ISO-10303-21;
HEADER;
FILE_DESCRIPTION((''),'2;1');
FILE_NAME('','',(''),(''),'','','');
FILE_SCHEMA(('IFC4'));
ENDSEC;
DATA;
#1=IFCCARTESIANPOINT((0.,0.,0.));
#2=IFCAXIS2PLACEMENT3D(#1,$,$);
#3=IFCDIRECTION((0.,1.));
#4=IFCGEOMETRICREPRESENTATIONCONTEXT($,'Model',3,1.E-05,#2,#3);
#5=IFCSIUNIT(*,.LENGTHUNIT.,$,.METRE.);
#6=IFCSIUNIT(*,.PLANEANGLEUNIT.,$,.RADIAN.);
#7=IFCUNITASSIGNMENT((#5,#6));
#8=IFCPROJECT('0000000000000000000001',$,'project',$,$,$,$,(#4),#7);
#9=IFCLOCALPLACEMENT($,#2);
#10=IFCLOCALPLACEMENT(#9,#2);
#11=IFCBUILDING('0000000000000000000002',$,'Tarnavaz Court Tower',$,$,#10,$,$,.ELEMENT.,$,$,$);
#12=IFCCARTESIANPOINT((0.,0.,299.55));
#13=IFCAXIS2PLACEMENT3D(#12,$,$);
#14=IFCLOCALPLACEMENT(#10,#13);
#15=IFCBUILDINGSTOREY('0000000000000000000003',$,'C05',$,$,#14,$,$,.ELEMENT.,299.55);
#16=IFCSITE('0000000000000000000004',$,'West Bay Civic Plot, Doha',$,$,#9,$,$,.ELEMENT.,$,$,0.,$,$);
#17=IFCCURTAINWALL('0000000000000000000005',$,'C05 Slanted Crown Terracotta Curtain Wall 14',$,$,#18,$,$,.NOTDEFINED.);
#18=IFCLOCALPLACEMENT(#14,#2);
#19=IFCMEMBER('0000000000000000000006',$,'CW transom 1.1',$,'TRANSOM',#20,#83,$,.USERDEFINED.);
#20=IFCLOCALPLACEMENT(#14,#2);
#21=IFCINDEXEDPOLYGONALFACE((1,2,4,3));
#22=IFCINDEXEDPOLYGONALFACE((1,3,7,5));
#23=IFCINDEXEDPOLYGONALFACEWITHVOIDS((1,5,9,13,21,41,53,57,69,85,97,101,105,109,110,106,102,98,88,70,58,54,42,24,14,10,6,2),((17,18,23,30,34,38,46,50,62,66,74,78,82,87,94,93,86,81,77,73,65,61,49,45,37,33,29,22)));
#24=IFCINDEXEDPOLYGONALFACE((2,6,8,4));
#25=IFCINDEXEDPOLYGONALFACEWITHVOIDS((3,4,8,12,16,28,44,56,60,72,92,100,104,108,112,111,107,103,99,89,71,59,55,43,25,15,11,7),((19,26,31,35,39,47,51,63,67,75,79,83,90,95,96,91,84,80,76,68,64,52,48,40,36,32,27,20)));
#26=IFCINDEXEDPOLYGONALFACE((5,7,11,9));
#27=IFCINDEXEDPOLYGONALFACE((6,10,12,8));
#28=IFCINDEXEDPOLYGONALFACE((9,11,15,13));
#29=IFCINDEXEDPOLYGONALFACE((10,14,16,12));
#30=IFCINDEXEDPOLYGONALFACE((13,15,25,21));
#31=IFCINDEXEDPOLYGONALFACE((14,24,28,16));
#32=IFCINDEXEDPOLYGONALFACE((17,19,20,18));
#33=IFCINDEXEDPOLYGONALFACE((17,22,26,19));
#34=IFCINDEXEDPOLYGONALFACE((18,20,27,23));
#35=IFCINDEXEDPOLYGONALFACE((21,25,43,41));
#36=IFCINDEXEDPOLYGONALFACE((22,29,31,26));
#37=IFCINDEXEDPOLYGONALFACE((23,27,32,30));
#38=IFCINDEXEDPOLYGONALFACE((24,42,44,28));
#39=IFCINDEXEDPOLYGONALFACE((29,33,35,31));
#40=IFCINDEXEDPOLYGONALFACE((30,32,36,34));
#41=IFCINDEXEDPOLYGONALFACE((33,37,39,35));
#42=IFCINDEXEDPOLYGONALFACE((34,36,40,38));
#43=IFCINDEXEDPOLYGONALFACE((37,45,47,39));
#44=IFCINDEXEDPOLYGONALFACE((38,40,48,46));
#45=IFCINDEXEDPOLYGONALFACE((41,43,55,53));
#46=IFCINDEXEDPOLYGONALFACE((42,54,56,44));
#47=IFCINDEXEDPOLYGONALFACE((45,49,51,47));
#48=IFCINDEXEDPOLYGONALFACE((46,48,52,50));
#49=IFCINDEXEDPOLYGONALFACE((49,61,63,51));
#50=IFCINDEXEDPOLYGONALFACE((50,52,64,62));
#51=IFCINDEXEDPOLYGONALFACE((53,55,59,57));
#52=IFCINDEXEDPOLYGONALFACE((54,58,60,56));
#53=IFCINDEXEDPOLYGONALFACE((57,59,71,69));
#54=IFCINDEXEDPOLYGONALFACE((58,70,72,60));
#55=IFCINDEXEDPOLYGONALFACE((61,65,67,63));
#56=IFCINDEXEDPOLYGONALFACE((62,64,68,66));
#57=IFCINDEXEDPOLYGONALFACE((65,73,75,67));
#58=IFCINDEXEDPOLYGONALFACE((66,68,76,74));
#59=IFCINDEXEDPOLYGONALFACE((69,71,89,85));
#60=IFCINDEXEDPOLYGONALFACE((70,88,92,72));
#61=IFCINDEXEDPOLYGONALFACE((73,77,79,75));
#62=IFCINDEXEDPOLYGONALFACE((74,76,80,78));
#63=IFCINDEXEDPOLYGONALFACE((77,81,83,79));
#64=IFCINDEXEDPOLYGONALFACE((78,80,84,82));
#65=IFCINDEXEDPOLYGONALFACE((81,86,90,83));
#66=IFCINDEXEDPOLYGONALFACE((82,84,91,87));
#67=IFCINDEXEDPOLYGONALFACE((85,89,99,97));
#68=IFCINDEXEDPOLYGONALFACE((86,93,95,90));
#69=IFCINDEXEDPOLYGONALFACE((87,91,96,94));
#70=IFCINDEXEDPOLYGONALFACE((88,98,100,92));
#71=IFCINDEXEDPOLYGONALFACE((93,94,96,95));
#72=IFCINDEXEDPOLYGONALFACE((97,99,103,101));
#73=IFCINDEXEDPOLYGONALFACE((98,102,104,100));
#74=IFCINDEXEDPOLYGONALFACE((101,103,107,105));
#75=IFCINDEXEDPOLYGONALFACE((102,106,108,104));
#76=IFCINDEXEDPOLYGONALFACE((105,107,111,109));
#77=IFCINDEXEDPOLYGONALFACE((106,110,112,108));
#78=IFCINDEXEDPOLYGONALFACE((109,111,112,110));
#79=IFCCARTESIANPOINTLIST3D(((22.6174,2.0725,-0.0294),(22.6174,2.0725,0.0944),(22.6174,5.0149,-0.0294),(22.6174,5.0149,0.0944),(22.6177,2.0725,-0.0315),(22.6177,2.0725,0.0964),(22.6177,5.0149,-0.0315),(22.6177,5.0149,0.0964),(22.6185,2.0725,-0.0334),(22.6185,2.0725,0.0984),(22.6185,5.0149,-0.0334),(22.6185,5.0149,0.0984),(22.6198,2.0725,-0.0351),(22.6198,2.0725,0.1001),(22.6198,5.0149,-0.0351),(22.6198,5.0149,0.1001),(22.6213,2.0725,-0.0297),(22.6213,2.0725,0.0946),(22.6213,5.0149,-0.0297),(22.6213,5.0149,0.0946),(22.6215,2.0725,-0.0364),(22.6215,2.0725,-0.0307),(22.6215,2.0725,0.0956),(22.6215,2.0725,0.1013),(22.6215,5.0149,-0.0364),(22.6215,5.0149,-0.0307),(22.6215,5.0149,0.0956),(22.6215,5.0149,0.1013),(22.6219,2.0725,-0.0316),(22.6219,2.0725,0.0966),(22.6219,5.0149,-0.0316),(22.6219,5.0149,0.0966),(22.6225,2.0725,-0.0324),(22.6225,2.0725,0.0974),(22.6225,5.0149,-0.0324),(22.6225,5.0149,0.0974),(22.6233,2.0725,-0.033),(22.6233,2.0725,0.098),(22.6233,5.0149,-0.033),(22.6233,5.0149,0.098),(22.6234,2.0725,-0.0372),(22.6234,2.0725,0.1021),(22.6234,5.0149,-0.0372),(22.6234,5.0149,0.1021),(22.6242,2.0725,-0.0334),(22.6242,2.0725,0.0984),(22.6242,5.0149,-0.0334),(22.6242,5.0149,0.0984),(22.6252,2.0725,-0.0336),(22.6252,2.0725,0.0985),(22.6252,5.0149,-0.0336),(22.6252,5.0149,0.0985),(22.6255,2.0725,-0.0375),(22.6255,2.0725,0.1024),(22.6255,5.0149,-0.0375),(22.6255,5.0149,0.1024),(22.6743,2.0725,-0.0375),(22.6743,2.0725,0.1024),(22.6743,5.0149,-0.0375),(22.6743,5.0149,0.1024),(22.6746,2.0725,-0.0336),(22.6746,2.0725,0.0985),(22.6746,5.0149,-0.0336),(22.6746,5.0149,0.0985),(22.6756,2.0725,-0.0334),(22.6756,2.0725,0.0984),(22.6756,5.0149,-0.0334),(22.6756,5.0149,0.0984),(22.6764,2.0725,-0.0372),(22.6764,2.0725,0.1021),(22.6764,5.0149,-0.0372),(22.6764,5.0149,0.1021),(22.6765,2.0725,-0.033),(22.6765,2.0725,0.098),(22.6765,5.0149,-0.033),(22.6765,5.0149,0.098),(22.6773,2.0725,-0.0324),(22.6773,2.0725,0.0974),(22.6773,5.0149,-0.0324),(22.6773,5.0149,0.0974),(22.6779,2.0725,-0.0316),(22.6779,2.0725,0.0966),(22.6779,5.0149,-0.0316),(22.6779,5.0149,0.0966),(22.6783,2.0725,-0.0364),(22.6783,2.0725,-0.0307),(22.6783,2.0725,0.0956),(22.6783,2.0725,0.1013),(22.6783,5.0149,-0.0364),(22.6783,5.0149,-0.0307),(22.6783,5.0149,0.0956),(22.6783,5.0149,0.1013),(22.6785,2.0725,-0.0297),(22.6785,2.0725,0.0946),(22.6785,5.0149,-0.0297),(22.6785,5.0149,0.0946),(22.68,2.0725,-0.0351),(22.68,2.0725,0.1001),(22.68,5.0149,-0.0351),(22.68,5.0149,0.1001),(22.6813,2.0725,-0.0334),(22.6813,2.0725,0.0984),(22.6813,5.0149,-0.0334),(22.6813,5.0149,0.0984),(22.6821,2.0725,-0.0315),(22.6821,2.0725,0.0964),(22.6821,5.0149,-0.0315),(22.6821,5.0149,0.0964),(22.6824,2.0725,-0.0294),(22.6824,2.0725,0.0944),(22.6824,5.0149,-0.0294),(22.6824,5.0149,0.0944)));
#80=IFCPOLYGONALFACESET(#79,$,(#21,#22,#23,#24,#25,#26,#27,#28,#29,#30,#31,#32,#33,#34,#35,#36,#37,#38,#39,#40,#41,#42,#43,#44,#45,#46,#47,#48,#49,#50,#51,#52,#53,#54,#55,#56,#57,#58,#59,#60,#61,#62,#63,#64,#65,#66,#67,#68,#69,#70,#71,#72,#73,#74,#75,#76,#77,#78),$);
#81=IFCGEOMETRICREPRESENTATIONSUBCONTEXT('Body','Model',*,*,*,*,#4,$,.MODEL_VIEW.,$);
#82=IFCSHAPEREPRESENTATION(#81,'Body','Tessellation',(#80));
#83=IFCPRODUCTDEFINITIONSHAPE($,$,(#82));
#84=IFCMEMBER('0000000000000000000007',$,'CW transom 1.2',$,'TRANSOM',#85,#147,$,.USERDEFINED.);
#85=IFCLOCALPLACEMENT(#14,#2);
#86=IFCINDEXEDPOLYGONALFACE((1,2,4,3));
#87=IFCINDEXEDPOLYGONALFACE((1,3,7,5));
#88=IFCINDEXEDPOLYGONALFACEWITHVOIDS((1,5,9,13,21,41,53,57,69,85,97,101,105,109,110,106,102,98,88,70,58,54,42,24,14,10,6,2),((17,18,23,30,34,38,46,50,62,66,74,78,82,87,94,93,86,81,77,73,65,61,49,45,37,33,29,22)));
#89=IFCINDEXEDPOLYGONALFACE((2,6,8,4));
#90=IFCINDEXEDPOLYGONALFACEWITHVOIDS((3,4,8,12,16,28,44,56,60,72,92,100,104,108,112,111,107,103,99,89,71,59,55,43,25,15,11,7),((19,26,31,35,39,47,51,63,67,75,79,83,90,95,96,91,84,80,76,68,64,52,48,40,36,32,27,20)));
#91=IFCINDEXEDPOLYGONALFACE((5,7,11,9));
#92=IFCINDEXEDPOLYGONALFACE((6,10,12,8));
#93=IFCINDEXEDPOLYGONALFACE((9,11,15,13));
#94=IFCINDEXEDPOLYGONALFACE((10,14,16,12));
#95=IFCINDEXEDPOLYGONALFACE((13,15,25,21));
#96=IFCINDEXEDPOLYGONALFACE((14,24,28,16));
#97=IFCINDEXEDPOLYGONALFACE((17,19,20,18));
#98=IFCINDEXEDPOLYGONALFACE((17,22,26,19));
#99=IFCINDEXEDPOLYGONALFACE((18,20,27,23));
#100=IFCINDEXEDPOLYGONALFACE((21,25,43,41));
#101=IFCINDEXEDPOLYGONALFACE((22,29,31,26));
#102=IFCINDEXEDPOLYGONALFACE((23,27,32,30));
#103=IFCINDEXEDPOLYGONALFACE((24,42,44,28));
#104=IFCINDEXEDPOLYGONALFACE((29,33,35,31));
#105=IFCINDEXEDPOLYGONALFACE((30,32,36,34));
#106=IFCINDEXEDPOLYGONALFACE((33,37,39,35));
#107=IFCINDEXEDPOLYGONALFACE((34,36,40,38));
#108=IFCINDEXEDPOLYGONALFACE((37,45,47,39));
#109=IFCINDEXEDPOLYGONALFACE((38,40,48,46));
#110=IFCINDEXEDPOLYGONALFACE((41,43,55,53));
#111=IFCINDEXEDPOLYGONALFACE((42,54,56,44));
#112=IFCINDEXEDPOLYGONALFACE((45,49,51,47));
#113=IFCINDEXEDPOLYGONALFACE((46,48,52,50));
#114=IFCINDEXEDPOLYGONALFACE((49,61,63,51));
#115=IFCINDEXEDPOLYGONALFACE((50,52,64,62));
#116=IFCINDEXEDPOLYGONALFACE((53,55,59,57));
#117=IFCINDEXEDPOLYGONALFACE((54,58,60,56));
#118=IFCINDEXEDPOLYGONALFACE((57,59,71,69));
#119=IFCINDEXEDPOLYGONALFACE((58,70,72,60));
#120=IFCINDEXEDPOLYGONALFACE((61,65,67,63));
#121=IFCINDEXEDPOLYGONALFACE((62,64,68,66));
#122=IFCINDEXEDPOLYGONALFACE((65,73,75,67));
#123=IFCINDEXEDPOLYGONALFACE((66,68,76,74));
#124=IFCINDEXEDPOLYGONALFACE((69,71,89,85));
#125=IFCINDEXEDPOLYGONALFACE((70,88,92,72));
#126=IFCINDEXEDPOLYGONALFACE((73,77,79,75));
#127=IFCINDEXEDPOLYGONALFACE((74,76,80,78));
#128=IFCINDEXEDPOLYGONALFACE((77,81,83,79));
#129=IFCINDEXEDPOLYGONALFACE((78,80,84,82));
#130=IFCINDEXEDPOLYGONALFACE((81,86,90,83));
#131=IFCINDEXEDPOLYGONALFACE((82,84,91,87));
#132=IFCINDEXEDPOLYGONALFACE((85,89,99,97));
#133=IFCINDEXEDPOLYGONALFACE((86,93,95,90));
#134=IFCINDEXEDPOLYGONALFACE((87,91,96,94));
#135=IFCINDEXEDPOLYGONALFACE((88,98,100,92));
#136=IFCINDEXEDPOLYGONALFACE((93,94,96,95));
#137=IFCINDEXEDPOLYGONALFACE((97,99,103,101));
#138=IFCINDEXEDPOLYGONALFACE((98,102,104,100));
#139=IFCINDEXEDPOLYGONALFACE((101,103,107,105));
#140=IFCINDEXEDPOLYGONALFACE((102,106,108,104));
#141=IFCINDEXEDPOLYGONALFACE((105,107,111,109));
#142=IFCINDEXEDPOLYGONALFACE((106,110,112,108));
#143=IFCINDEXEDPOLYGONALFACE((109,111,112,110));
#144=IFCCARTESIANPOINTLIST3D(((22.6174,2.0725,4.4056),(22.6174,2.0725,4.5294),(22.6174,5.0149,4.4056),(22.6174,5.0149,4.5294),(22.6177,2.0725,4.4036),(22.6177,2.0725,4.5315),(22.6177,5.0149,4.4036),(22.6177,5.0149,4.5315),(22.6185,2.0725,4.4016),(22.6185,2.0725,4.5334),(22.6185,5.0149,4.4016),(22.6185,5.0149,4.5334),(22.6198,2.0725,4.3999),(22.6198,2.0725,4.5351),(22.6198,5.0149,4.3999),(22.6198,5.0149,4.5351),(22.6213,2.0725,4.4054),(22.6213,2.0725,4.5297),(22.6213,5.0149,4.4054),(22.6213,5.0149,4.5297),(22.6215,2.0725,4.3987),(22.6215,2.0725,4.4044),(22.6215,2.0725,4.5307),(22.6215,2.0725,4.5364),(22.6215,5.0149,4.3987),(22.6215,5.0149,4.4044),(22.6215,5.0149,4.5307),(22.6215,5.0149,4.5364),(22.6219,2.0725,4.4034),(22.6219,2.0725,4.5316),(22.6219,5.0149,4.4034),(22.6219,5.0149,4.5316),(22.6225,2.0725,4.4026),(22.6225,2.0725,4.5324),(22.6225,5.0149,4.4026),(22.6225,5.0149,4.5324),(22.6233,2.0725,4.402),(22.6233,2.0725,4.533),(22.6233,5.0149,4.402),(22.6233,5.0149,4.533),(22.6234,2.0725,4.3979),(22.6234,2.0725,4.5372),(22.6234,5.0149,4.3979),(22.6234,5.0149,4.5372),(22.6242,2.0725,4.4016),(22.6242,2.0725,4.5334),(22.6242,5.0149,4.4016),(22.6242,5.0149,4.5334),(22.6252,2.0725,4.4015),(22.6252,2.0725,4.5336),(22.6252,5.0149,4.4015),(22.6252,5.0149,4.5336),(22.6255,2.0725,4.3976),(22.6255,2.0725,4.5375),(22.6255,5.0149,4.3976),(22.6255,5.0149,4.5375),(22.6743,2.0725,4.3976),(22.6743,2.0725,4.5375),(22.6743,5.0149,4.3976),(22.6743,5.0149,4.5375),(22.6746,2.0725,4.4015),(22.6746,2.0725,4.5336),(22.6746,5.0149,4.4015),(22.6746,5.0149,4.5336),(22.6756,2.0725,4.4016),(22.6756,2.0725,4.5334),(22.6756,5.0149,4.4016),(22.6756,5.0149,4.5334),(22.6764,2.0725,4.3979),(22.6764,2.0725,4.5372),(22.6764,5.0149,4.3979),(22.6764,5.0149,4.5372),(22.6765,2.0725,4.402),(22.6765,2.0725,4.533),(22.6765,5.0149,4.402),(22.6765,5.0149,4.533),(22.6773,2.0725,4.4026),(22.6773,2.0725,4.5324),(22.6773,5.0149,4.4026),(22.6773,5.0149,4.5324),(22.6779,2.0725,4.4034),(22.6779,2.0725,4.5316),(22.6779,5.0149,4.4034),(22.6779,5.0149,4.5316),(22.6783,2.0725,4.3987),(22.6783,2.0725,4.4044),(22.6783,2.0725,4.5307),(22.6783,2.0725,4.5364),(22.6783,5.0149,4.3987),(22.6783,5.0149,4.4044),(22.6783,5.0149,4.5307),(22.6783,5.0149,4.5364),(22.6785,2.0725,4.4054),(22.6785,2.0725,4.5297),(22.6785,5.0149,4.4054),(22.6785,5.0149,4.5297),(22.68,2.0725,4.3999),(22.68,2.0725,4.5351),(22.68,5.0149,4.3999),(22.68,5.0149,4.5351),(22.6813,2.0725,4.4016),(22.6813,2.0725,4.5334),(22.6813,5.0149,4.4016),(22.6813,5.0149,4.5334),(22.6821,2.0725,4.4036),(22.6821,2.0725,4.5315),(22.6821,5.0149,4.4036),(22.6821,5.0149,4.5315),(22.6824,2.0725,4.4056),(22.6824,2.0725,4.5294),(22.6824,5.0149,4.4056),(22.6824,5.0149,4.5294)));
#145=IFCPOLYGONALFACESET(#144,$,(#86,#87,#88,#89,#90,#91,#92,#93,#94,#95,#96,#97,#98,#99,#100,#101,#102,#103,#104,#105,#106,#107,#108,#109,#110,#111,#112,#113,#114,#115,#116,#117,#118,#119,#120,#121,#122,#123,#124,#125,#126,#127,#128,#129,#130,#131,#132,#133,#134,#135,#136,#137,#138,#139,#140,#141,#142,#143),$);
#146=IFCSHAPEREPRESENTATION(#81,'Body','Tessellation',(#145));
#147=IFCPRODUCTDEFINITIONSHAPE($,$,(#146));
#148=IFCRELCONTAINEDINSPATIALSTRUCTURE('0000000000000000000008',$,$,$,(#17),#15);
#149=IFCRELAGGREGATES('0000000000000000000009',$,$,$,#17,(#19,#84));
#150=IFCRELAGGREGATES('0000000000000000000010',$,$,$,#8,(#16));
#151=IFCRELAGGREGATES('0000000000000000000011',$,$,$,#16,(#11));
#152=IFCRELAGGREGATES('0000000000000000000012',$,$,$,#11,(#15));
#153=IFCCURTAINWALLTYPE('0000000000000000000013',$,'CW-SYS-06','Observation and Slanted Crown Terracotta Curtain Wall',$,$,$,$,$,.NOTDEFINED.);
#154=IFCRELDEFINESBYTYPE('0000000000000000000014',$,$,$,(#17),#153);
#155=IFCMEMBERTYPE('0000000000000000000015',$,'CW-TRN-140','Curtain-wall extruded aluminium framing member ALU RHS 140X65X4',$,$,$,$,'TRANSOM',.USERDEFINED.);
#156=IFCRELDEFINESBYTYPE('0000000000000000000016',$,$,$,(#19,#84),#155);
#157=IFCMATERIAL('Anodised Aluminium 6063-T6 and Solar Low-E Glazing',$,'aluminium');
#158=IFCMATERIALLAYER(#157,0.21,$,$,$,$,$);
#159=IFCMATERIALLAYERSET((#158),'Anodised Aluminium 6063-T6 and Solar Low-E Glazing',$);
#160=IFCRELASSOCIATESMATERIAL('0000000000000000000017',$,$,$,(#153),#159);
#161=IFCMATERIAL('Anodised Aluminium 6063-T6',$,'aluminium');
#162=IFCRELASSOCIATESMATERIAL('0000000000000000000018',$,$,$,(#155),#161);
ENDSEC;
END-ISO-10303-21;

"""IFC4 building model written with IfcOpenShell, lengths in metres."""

from ifc_helpers import new_model, si_unit, direction, frame, origin, origin_2d, place, context, subcontext, project, spatial, hollow_rectangle, extrude, material, layer, layer_set, material_profile, profile_set, type_object, element, aggregate, save


model = new_model("IFC4")

# Units and contexts
model_context = context("Model", 3, precision=1e-05, world=origin(), true_north=direction((0.0, 1.0)))
body_context = subcontext(model_context, "Body", "Model", "MODEL_VIEW")
ifc_project = project(units=[si_unit("LENGTHUNIT", "METRE"), si_unit("PLANEANGLEUNIT", "RADIAN")], contexts=[model_context])

# Site, building, storey
site_placement = place(None, origin())
site = spatial("IfcSite", under=ifc_project, at=site_placement, Name="West Bay Civic Plot, Doha", CompositionType="ELEMENT", RefElevation=0.0)
building_placement = place(site_placement, origin())
building = spatial("IfcBuilding", under=site, at=building_placement, Name="Tarnavaz Court Tower", CompositionType="ELEMENT")
storey_placement = place(building_placement, frame((0.0, 0.0, 299.55)))
storey = spatial("IfcBuildingStorey", under=building, at=storey_placement, Name="C05", CompositionType="ELEMENT", Elevation=299.55)

# Shared definitions
ifc_material_1 = material(Name="Anodised Aluminium 6063-T6 and Solar Low-E Glazing", Category="aluminium")
ifc_layer_1 = layer(ifc_material_1, 0.21)
ifc_layer_set_1 = layer_set([ifc_layer_1], Name="Anodised Aluminium 6063-T6 and Solar Low-E Glazing")
curtain_wall_type = type_object("IfcCurtainWallType", Name="CW-SYS-06", Description="Observation and Slanted Crown Terracotta Curtain Wall", PredefinedType="NOTDEFINED", material=ifc_layer_set_1)
ifc_material_2 = material(Name="Anodised Aluminium 6063-T6", Category="aluminium")

# Curtain wall
curtain_wall_1_placement = place(storey_placement, origin())
curtain_wall_1 = element("IfcCurtainWall", 1, at=curtain_wall_1_placement, inside=storey, type_object=curtain_wall_type, Name="C05 Slanted Crown Terracotta Curtain Wall 14", PredefinedType="NOTDEFINED")

# Members
ifc_material_profile_1 = material_profile(ifc_material_2, hollow_rectangle(XDim=0.0649, YDim=0.1399, WallThickness=0.0039, InnerFilletRadius=0.0039, OuterFilletRadius=0.0081, at=origin_2d()), Name="ALU RHS 140X65X4")
ifc_profile_set_1 = profile_set([ifc_material_profile_1], Name="Anodised Aluminium 6063-T6")
member_type_1 = type_object("IfcMemberType", Name="CW-TRN-140", Description="Curtain-wall extruded aluminium framing member ALU RHS 140X65X4", ElementType="TRANSOM", PredefinedType="USERDEFINED", material=ifc_profile_set_1)
member_1_placement = place(storey_placement, frame((22.6499, 5.0149, 0.0325), z_axis=(0.0, -1.0, 0.0), x_axis=(1.0, 0.0, 0.0)))
member_1 = element("IfcMember", 2, at=member_1_placement, type_object=member_type_1, Name="CW transom 1.1", ObjectType="TRANSOM", PredefinedType="USERDEFINED", context=body_context, shape_type="SweptSolid", body=[
    extrude(hollow_rectangle(XDim=0.0649, YDim=0.1399, WallThickness=0.0039, InnerFilletRadius=0.0039, OuterFilletRadius=0.0081, at=origin_2d()), origin(), (0.0, 0.0, 1.0), 2.9424),
])
member_2_placement = place(storey_placement, frame((22.6499, 5.0149, 4.4675), z_axis=(0.0, -1.0, 0.0), x_axis=(1.0, 0.0, 0.0)))
member_2 = element("IfcMember", 3, at=member_2_placement, type_object=member_type_1, Name="CW transom 1.2", ObjectType="TRANSOM", PredefinedType="USERDEFINED", context=body_context, shape_type="SweptSolid", body=[
    extrude(hollow_rectangle(XDim=0.0649, YDim=0.1399, WallThickness=0.0039, InnerFilletRadius=0.0039, OuterFilletRadius=0.0081, at=origin_2d()), origin(), (0.0, 0.0, 1.0), 2.9424),
])

aggregate(curtain_wall_1, [member_1, member_2])

save(model, "model.ifc")
